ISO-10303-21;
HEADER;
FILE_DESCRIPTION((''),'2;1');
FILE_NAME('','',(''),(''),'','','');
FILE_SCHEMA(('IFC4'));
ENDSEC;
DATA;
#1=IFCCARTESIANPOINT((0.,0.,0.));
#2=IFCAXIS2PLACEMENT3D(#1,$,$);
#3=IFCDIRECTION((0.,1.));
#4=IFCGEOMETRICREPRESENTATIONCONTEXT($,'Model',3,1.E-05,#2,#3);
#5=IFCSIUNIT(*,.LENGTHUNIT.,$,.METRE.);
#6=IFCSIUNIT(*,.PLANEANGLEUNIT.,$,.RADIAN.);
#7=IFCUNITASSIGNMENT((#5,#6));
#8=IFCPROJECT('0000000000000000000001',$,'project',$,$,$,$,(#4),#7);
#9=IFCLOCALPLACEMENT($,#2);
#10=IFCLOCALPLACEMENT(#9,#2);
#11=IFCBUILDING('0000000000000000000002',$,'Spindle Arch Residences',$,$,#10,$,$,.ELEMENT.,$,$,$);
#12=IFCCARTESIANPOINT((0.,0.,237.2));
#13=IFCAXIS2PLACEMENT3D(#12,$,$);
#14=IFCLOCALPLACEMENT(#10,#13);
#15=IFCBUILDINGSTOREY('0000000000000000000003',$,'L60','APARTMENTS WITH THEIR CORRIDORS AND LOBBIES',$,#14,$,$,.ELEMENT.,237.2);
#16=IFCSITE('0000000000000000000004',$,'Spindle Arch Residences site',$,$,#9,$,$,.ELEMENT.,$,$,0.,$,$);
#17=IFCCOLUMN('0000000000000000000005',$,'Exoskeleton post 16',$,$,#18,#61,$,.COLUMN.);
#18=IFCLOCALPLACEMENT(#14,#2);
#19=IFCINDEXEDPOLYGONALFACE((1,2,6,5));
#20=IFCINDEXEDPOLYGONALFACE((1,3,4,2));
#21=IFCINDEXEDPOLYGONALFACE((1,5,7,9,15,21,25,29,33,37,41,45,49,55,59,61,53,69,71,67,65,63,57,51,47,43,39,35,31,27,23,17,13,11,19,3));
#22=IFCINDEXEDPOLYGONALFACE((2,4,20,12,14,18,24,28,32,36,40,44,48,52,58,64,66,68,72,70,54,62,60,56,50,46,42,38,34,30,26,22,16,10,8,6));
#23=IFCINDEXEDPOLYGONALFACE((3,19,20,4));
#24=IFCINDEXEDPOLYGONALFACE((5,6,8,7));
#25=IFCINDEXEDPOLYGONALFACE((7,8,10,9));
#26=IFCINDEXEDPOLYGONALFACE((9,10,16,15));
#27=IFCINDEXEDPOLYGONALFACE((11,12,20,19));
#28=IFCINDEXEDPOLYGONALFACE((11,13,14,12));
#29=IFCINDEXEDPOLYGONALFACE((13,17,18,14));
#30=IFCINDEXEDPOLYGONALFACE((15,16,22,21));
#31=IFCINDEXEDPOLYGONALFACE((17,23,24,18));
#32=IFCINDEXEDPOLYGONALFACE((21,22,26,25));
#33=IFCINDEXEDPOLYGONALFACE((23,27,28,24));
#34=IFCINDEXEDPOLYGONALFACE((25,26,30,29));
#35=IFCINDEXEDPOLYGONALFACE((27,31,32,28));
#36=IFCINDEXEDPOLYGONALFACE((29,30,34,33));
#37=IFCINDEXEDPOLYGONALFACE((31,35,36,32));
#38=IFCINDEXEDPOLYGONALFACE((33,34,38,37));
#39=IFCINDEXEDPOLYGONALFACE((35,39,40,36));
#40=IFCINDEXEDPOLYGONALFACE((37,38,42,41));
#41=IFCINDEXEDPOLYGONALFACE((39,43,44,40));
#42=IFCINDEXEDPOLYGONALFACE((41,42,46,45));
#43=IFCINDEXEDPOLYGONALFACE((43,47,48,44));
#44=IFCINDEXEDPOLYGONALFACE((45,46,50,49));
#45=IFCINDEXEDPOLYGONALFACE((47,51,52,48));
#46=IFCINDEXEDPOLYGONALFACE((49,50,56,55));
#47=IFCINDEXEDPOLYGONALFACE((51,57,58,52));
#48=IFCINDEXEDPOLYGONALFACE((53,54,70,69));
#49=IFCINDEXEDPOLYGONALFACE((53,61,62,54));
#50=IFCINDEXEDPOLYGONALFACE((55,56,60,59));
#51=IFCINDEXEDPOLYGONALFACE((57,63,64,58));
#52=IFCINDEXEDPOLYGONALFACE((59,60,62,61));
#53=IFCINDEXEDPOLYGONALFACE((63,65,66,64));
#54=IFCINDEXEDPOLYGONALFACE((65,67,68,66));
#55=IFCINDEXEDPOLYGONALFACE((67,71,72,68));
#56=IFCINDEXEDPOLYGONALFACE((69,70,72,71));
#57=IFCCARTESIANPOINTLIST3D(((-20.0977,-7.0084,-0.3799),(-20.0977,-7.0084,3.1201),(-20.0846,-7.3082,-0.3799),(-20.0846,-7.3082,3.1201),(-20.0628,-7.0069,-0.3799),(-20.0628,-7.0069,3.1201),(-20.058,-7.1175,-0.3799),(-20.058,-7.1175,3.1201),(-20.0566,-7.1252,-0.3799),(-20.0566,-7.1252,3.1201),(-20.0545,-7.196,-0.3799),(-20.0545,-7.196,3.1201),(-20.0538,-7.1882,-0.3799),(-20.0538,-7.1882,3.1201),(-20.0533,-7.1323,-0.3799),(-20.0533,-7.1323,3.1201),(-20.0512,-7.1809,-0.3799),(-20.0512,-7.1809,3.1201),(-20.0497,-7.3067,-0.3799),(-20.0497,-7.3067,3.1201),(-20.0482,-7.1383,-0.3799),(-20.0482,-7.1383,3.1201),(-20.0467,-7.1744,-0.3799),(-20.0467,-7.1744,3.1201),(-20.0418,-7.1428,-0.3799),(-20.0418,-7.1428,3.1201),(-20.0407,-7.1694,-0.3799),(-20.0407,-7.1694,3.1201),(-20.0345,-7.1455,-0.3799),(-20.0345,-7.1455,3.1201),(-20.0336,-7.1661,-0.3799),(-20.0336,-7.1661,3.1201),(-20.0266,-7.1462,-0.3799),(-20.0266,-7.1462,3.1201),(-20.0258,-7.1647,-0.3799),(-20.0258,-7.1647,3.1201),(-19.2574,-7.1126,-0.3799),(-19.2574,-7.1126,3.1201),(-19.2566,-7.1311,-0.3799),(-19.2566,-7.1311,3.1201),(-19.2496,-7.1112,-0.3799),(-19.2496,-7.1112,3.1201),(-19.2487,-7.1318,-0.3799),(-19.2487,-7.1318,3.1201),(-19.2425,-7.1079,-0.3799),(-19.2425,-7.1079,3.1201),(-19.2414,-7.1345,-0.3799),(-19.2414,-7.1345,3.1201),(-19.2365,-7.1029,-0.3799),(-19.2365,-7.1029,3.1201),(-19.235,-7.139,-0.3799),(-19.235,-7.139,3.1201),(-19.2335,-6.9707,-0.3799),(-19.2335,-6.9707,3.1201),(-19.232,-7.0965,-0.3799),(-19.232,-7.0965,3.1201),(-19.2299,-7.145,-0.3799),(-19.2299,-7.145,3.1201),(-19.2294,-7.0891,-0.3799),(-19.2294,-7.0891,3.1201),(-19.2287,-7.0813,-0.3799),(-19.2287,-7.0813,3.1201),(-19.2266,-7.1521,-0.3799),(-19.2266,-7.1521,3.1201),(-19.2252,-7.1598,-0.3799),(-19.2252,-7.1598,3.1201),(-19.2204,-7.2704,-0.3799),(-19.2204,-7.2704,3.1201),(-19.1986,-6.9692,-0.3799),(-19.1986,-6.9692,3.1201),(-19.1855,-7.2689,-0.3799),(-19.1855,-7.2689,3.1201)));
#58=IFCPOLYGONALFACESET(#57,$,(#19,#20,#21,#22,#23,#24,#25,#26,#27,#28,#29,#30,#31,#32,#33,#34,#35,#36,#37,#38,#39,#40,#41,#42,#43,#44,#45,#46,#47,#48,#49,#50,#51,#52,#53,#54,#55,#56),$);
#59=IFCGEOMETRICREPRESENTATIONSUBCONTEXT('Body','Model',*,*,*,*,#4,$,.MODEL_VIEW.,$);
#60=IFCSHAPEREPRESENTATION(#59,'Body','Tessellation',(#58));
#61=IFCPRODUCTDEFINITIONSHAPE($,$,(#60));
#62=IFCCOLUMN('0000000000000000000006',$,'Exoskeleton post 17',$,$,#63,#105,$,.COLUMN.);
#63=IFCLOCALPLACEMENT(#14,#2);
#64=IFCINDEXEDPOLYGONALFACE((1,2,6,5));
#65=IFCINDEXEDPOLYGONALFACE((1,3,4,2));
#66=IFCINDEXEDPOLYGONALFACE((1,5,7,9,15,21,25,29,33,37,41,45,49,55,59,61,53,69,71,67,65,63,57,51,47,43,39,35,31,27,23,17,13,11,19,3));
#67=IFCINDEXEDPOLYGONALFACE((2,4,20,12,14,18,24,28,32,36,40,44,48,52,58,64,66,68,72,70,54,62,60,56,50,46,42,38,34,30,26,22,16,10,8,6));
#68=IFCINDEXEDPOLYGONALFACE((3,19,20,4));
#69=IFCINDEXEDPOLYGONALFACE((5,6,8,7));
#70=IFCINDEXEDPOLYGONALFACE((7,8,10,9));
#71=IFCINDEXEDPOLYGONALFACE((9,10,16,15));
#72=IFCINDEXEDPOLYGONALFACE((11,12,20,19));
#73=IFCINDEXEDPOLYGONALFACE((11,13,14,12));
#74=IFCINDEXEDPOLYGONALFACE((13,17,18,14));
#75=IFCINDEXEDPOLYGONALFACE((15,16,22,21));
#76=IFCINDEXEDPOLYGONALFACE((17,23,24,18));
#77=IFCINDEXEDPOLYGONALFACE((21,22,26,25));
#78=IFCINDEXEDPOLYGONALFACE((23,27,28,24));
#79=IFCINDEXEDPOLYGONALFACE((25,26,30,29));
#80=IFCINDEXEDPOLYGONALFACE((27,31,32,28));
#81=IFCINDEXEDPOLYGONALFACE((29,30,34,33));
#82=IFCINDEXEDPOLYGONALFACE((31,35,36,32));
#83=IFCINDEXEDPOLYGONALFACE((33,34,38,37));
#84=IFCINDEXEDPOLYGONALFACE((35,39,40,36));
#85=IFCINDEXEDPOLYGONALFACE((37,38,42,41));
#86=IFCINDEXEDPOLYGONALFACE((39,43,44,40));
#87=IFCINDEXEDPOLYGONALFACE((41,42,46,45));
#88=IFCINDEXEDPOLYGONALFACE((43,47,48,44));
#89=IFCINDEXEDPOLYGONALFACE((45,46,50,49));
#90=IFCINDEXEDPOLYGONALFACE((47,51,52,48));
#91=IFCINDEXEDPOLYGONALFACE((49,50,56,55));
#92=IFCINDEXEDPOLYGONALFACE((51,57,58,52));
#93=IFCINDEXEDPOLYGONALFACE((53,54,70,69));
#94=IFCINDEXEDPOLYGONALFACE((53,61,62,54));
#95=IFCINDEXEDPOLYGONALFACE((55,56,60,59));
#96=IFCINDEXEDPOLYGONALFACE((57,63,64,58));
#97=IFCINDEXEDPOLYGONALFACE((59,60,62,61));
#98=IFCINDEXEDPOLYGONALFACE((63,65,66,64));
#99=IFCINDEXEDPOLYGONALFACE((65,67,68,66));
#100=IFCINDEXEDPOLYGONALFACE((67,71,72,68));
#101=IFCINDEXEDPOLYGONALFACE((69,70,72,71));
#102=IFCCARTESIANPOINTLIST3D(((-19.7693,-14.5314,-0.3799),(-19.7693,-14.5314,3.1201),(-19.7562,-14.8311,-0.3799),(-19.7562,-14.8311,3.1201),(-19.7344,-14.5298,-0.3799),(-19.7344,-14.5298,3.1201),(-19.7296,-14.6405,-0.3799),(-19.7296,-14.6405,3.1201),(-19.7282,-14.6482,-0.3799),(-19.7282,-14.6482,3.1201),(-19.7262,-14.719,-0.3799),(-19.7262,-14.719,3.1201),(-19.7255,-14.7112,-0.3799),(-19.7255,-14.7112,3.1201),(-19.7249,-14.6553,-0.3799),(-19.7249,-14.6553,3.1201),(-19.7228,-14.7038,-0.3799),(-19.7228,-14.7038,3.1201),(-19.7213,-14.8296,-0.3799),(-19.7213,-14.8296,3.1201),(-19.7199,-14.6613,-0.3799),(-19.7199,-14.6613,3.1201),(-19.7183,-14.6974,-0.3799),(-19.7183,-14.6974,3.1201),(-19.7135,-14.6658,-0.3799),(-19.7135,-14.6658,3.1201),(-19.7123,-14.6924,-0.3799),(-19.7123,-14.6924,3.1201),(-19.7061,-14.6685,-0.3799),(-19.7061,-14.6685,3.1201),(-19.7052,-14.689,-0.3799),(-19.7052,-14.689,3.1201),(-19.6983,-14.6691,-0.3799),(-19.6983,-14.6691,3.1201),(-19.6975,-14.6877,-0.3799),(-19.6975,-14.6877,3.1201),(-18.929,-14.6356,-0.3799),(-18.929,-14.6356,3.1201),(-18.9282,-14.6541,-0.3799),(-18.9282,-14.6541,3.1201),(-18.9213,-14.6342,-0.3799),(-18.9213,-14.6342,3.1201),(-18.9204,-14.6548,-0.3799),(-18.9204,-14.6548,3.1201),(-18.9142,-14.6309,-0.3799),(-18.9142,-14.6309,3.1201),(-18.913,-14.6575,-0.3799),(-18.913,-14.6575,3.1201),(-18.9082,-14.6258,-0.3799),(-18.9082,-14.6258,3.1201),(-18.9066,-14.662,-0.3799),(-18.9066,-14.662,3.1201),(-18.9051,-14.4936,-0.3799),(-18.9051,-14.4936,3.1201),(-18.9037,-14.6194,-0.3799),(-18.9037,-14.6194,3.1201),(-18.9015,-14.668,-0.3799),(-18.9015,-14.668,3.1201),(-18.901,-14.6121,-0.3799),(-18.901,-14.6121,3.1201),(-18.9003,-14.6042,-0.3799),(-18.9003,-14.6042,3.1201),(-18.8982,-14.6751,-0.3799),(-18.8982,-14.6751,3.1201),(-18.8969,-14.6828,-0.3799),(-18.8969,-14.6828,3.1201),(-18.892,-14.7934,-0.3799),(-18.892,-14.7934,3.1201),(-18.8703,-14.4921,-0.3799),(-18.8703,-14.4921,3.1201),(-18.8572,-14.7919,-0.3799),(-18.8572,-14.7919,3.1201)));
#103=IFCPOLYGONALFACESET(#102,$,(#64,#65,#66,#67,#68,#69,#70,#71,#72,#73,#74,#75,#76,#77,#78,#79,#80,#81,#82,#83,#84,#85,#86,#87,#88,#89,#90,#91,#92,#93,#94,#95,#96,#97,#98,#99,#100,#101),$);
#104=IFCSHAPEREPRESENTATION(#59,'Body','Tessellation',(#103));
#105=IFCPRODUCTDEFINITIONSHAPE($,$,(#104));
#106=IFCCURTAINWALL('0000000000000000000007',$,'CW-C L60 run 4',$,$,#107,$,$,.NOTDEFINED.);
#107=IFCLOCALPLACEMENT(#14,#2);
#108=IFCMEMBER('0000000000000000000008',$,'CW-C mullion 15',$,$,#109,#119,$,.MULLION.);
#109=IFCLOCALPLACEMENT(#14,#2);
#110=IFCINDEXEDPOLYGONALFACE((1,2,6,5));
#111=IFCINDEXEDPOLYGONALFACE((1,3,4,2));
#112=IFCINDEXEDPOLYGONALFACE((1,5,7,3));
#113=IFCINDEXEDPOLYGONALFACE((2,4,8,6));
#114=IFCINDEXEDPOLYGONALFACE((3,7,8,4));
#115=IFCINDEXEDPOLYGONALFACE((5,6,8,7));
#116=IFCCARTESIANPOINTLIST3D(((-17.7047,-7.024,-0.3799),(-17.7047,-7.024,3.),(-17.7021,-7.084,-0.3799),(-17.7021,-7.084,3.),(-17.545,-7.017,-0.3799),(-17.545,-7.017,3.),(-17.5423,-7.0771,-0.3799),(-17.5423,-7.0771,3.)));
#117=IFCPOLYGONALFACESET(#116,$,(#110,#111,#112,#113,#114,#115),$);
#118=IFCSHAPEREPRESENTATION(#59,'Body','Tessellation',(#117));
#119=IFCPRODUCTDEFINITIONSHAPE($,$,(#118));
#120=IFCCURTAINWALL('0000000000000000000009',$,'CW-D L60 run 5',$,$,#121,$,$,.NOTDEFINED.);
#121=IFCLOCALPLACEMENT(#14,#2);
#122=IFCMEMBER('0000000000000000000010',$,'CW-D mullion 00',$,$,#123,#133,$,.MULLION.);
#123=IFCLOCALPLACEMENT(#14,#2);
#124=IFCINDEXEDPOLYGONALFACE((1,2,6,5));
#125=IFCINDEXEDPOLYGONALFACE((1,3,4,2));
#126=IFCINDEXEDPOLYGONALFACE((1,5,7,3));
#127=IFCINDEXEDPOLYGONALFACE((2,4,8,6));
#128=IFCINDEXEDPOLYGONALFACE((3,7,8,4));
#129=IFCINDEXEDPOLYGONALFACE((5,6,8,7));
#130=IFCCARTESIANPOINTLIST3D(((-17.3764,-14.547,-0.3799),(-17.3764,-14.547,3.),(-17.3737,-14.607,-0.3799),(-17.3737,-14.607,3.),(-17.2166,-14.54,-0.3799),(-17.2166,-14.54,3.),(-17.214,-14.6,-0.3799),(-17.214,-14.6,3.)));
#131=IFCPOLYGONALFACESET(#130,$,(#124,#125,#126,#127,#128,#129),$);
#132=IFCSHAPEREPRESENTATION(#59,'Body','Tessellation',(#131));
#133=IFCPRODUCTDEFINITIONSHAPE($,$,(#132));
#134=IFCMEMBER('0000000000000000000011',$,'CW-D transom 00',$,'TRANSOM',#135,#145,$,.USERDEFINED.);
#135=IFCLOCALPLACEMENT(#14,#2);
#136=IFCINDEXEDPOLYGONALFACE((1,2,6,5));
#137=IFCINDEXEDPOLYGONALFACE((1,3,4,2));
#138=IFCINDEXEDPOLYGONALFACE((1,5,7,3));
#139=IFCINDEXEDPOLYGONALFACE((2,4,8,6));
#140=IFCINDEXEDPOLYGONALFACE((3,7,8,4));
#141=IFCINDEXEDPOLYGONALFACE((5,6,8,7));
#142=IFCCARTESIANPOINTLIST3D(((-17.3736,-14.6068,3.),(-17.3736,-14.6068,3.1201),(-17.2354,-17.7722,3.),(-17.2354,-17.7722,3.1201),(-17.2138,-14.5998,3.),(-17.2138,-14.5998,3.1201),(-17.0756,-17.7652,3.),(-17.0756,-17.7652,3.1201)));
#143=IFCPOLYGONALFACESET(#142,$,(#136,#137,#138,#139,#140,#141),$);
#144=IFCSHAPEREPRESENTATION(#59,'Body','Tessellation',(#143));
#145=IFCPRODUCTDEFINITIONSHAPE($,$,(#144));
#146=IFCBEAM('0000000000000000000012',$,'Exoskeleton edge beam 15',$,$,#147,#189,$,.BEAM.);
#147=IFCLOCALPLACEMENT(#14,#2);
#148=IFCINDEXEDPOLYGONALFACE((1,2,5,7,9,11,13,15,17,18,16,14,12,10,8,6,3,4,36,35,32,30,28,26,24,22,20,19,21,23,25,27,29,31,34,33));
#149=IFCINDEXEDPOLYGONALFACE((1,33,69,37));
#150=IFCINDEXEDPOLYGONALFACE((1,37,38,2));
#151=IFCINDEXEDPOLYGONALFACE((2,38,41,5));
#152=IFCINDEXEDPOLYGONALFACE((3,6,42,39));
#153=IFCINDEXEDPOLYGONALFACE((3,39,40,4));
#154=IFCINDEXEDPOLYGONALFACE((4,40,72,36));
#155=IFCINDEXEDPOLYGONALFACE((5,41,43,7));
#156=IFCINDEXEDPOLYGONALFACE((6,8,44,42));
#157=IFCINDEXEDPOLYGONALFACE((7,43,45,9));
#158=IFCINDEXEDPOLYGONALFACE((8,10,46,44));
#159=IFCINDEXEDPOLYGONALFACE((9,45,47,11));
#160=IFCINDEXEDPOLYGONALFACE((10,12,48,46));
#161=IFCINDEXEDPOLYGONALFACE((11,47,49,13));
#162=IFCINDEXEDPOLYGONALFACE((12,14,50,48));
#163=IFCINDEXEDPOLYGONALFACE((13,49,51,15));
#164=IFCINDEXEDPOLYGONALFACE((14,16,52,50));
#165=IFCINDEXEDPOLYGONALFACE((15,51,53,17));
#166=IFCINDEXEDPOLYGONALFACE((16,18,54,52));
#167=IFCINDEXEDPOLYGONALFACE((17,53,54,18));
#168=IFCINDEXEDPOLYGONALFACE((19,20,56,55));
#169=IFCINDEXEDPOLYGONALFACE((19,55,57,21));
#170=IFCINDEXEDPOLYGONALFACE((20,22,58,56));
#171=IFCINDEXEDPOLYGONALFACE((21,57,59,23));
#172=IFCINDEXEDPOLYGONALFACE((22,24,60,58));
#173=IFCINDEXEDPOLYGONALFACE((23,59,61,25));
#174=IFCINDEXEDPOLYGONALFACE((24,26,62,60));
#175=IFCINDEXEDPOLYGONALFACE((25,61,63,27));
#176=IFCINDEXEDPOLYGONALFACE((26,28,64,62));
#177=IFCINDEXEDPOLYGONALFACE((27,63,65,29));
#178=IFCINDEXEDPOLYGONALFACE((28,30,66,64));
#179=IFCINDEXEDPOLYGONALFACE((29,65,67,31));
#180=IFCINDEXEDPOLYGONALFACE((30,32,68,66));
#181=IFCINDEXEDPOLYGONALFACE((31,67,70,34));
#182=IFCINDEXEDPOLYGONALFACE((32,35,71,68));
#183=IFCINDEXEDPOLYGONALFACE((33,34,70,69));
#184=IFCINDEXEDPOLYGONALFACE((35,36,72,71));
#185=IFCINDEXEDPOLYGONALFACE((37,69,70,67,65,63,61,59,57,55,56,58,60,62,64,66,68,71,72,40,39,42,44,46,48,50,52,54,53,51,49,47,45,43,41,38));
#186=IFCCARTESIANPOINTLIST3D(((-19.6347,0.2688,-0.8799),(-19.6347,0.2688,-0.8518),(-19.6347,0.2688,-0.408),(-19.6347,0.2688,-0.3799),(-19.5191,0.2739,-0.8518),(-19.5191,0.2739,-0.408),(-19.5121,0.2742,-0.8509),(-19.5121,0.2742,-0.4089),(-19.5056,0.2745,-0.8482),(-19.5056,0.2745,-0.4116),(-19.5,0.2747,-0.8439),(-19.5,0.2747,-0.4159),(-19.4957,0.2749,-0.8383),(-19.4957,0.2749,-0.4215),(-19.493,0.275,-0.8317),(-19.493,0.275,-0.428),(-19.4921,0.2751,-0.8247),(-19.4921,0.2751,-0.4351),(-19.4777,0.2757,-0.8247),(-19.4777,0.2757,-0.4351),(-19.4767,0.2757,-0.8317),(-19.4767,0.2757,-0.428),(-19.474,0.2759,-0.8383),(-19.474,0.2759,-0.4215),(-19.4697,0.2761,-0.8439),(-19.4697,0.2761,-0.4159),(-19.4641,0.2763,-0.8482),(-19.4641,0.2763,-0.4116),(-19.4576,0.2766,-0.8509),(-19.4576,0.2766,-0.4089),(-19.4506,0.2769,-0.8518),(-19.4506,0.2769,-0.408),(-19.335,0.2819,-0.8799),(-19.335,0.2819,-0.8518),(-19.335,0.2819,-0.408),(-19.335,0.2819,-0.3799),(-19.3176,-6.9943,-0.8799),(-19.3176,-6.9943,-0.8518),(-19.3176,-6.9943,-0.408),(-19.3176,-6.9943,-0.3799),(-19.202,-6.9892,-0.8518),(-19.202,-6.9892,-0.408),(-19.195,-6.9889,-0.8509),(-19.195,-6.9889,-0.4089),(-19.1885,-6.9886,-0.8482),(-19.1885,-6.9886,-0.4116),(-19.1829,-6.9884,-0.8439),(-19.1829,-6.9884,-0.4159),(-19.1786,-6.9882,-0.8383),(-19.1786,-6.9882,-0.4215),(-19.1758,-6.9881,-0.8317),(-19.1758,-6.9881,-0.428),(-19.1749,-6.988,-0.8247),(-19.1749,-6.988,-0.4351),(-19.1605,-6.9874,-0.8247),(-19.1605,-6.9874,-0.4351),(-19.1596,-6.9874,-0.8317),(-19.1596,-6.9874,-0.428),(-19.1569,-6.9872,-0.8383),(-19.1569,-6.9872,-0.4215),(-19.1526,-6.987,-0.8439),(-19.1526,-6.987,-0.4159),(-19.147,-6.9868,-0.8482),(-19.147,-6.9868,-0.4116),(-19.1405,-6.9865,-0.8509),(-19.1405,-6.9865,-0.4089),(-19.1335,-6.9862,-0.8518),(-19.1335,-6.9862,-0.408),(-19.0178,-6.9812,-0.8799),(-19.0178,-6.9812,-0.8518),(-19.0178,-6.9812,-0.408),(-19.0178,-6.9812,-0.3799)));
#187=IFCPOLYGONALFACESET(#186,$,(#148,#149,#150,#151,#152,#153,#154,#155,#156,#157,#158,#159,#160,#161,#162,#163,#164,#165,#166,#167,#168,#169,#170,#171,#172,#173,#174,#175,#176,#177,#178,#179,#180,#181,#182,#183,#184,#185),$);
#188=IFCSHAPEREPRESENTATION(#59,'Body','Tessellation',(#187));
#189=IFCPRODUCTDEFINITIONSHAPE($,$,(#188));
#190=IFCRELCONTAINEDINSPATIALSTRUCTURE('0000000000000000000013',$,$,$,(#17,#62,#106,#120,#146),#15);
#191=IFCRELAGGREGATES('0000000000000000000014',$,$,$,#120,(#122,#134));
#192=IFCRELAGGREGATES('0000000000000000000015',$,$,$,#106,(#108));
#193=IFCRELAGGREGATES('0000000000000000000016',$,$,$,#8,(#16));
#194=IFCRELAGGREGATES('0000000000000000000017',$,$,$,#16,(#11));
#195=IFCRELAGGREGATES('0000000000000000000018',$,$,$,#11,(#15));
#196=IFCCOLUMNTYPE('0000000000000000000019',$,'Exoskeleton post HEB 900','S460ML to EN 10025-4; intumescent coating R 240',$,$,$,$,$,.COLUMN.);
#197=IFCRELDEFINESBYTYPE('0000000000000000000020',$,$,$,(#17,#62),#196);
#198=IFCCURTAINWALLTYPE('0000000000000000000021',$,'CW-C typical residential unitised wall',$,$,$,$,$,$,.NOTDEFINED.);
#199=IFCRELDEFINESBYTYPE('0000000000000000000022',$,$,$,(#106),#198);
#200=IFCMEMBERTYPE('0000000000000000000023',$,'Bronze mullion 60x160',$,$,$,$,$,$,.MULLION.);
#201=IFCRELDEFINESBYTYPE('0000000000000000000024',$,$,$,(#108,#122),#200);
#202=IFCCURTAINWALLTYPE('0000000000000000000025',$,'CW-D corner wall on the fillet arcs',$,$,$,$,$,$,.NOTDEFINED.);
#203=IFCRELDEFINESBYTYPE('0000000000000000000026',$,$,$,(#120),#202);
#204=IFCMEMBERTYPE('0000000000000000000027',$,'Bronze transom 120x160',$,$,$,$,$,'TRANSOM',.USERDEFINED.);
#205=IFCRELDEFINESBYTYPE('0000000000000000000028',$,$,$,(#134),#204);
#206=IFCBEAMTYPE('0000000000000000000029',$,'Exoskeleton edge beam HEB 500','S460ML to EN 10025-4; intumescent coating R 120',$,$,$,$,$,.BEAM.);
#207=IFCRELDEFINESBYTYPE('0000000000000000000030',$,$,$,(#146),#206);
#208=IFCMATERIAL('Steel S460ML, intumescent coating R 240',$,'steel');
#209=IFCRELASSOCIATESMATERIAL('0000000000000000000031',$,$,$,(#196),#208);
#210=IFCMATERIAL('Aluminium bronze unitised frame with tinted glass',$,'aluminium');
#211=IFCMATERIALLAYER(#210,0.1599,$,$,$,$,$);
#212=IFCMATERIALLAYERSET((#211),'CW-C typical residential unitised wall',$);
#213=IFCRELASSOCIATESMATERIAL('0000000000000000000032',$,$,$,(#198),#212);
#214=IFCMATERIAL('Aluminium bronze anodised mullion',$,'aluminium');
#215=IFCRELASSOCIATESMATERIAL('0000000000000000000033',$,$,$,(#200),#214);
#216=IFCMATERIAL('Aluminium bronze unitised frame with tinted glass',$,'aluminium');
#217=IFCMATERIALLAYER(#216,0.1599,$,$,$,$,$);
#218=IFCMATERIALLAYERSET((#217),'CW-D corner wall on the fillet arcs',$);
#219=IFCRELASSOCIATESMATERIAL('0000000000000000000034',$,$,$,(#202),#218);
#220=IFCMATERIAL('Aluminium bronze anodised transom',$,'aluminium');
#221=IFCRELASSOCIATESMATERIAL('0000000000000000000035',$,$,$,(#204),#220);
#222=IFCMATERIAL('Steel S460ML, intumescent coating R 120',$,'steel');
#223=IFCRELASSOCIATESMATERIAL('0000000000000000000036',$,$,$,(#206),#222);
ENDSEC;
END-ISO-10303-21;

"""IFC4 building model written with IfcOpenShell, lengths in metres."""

from ifc_helpers import new_model, si_unit, direction, frame, origin, origin_2d, place, context, subcontext, project, spatial, rectangle, i_section, extrude, material, layer, layer_set, material_profile, profile_set, type_object, element, aggregate, save


model = new_model("IFC4")

# Units and contexts
model_context = context("Model", 3, precision=1e-05, world=origin(), true_north=direction((0.0, 1.0)))
body_context = subcontext(model_context, "Body", "Model", "MODEL_VIEW")
ifc_project = project(units=[si_unit("LENGTHUNIT", "METRE"), si_unit("PLANEANGLEUNIT", "RADIAN")], contexts=[model_context])

# Site, building, storey
site_placement = place(None, origin())
site = spatial("IfcSite", under=ifc_project, at=site_placement, Name="Spindle Arch Residences site", CompositionType="ELEMENT", RefElevation=0.0)
building_placement = place(site_placement, origin())
building = spatial("IfcBuilding", under=site, at=building_placement, Name="Spindle Arch Residences", CompositionType="ELEMENT")
storey_placement = place(building_placement, frame((0.0, 0.0, 237.2)))
storey = spatial("IfcBuildingStorey", under=building, at=storey_placement, Name="L60", Description="APARTMENTS WITH THEIR CORRIDORS AND LOBBIES", CompositionType="ELEMENT", Elevation=237.2)

# Columns
ifc_material_1 = material(Name="Steel S460ML, intumescent coating R 240", Category="steel")
ifc_material_profile_1 = material_profile(ifc_material_1, i_section(OverallWidth=0.3, OverallDepth=0.8999, WebThickness=0.0186, FlangeThickness=0.0349, FilletRadius=0.03, at=origin_2d()), Name="HEB 900")
ifc_profile_set_1 = profile_set([ifc_material_profile_1], Name="Steel S460ML, intumescent coating R 240")
column_type = type_object("IfcColumnType", Name="Exoskeleton post HEB 900", Description="S460ML to EN 10025-4; intumescent coating R 240", PredefinedType="COLUMN", material=ifc_profile_set_1)
for number, where, z_axis, x_axis, name in (
    (1, (-19.6416, -7.1387, -0.3799), (0.0, 0.0, 1.0), (-0.043619, 0.999048, 0.0), "Exoskeleton post 16"),
    (2, (-19.3132, -14.6616, -0.3799), (0.0, 0.0, 1.0), (-0.043619, 0.999048, 0.0), "Exoskeleton post 17"),
):
    element("IfcColumn", number, at=place(storey_placement, frame(where, z_axis=z_axis, x_axis=x_axis)), inside=storey, type_object=column_type, Name=name, PredefinedType="COLUMN", context=body_context, shape_type="SweptSolid", body=[
        extrude(i_section(OverallWidth=0.3, OverallDepth=0.8999, WebThickness=0.0186, FlangeThickness=0.0349, FilletRadius=0.03, at=origin_2d()), origin(), (0.0, 0.0, 1.0), 3.5),
    ])

# Curtain wall, member
ifc_material_2 = material(Name="Aluminium bronze unitised frame with tinted glass", Category="aluminium")
ifc_layer_1 = layer(ifc_material_2, 0.1599)
ifc_layer_set_1 = layer_set([ifc_layer_1], Name="CW-C typical residential unitised wall")
curtain_wall_type_1 = type_object("IfcCurtainWallType", Name="CW-C typical residential unitised wall", PredefinedType="NOTDEFINED", material=ifc_layer_set_1)
curtain_wall_1_placement = place(storey_placement, origin())
curtain_wall_1 = element("IfcCurtainWall", 3, at=curtain_wall_1_placement, inside=storey, type_object=curtain_wall_type_1, Name="CW-C L60 run 4", PredefinedType="NOTDEFINED")
ifc_material_3 = material(Name="Aluminium bronze anodised mullion", Category="aluminium")
ifc_material_profile_2 = material_profile(ifc_material_3, rectangle(XDim=0.1599, YDim=0.0601, at=origin_2d()), Name="MU 60x160")
ifc_profile_set_2 = profile_set([ifc_material_profile_2], Name="Aluminium bronze anodised mullion")
member_type_1 = type_object("IfcMemberType", Name="Bronze mullion 60x160", PredefinedType="MULLION", material=ifc_profile_set_2)
member_1_placement = place(storey_placement, frame((-17.6235, -7.0505, -0.3799), z_axis=(0.0, 0.0, 1.0), x_axis=(0.999048, 0.043619, 0.0)))
member_1 = element("IfcMember", 4, at=member_1_placement, type_object=member_type_1, Name="CW-C mullion 15", PredefinedType="MULLION", context=body_context, shape_type="SweptSolid", body=[
    extrude(rectangle(XDim=0.1599, YDim=0.0601, at=origin_2d()), origin(), (0.0, 0.0, 1.0), 3.3799),
])

# Curtain wall, members
ifc_material_4 = material(Name="Aluminium bronze unitised frame with tinted glass", Category="aluminium")
ifc_layer_2 = layer(ifc_material_4, 0.1599)
ifc_layer_set_2 = layer_set([ifc_layer_2], Name="CW-D corner wall on the fillet arcs")
curtain_wall_type_2 = type_object("IfcCurtainWallType", Name="CW-D corner wall on the fillet arcs", PredefinedType="NOTDEFINED", material=ifc_layer_set_2)
curtain_wall_2_placement = place(storey_placement, origin())
curtain_wall_2 = element("IfcCurtainWall", 5, at=curtain_wall_2_placement, inside=storey, type_object=curtain_wall_type_2, Name="CW-D L60 run 5", PredefinedType="NOTDEFINED")
member_2_placement = place(storey_placement, frame((-17.2952, -14.5735, -0.3799), z_axis=(0.0, 0.0, 1.0), x_axis=(0.999048, 0.043619, 0.0)))
member_2 = element("IfcMember", 6, at=member_2_placement, type_object=member_type_1, Name="CW-D mullion 00", PredefinedType="MULLION", context=body_context, shape_type="SweptSolid", body=[
    extrude(rectangle(XDim=0.1599, YDim=0.0601, at=origin_2d()), origin(), (0.0, 0.0, 1.0), 3.3799),
])
ifc_material_5 = material(Name="Aluminium bronze anodised transom", Category="aluminium")
ifc_material_profile_3 = material_profile(ifc_material_5, rectangle(XDim=0.1599, YDim=0.1201, at=origin_2d()), Name="TR 120x160")
ifc_profile_set_3 = profile_set([ifc_material_profile_3], Name="Aluminium bronze anodised transom")
member_type_2 = type_object("IfcMemberType", Name="Bronze transom 120x160", ElementType="TRANSOM", PredefinedType="USERDEFINED", material=ifc_profile_set_3)
member_3_placement = place(storey_placement, frame((-17.2937, -14.6033, 3.0601), z_axis=(0.043611, -0.999049, 0.0), x_axis=(0.999049, 0.043611, 0.0)))
member_3 = element("IfcMember", 7, at=member_3_placement, type_object=member_type_2, Name="CW-D transom 00", ObjectType="TRANSOM", PredefinedType="USERDEFINED", context=body_context, shape_type="SweptSolid", body=[
    extrude(rectangle(XDim=0.1599, YDim=0.1201, at=origin_2d()), origin(), (0.0, 0.0, 1.0), 3.1685),
])
aggregate(curtain_wall_2, [member_2, member_3])

# Beam
ifc_material_6 = material(Name="Steel S460ML, intumescent coating R 120", Category="steel")
ifc_material_profile_4 = material_profile(ifc_material_6, i_section(OverallWidth=0.3, OverallDepth=0.5, WebThickness=0.0144, FlangeThickness=0.0281, FilletRadius=0.0271, at=origin_2d()), Name="HEB 500")
ifc_profile_set_4 = profile_set([ifc_material_profile_4], Name="Steel S460ML, intumescent coating R 120")
beam_type_1 = type_object("IfcBeamType", Name="Exoskeleton edge beam HEB 500", Description="S460ML to EN 10025-4; intumescent coating R 120", PredefinedType="BEAM", material=ifc_profile_set_4)
for number, where, z_axis, x_axis, name in (
    (8, (-19.4849, 0.2754, -0.6299), (0.043622, -0.999048, 0.0), (0.999048, 0.043622, 0.0), "Exoskeleton edge beam 15"),
):
    element("IfcBeam", number, at=place(storey_placement, frame(where, z_axis=z_axis, x_axis=x_axis)), inside=storey, type_object=beam_type_1, Name=name, PredefinedType="BEAM", context=body_context, shape_type="SweptSolid", body=[
        extrude(i_section(OverallWidth=0.3, OverallDepth=0.5, WebThickness=0.0144, FlangeThickness=0.0281, FilletRadius=0.0271, at=origin_2d()), origin(), (0.0, 0.0, 1.0), 7.27),
    ])

aggregate(curtain_wall_1, [member_1])

save(model, "model.ifc")
